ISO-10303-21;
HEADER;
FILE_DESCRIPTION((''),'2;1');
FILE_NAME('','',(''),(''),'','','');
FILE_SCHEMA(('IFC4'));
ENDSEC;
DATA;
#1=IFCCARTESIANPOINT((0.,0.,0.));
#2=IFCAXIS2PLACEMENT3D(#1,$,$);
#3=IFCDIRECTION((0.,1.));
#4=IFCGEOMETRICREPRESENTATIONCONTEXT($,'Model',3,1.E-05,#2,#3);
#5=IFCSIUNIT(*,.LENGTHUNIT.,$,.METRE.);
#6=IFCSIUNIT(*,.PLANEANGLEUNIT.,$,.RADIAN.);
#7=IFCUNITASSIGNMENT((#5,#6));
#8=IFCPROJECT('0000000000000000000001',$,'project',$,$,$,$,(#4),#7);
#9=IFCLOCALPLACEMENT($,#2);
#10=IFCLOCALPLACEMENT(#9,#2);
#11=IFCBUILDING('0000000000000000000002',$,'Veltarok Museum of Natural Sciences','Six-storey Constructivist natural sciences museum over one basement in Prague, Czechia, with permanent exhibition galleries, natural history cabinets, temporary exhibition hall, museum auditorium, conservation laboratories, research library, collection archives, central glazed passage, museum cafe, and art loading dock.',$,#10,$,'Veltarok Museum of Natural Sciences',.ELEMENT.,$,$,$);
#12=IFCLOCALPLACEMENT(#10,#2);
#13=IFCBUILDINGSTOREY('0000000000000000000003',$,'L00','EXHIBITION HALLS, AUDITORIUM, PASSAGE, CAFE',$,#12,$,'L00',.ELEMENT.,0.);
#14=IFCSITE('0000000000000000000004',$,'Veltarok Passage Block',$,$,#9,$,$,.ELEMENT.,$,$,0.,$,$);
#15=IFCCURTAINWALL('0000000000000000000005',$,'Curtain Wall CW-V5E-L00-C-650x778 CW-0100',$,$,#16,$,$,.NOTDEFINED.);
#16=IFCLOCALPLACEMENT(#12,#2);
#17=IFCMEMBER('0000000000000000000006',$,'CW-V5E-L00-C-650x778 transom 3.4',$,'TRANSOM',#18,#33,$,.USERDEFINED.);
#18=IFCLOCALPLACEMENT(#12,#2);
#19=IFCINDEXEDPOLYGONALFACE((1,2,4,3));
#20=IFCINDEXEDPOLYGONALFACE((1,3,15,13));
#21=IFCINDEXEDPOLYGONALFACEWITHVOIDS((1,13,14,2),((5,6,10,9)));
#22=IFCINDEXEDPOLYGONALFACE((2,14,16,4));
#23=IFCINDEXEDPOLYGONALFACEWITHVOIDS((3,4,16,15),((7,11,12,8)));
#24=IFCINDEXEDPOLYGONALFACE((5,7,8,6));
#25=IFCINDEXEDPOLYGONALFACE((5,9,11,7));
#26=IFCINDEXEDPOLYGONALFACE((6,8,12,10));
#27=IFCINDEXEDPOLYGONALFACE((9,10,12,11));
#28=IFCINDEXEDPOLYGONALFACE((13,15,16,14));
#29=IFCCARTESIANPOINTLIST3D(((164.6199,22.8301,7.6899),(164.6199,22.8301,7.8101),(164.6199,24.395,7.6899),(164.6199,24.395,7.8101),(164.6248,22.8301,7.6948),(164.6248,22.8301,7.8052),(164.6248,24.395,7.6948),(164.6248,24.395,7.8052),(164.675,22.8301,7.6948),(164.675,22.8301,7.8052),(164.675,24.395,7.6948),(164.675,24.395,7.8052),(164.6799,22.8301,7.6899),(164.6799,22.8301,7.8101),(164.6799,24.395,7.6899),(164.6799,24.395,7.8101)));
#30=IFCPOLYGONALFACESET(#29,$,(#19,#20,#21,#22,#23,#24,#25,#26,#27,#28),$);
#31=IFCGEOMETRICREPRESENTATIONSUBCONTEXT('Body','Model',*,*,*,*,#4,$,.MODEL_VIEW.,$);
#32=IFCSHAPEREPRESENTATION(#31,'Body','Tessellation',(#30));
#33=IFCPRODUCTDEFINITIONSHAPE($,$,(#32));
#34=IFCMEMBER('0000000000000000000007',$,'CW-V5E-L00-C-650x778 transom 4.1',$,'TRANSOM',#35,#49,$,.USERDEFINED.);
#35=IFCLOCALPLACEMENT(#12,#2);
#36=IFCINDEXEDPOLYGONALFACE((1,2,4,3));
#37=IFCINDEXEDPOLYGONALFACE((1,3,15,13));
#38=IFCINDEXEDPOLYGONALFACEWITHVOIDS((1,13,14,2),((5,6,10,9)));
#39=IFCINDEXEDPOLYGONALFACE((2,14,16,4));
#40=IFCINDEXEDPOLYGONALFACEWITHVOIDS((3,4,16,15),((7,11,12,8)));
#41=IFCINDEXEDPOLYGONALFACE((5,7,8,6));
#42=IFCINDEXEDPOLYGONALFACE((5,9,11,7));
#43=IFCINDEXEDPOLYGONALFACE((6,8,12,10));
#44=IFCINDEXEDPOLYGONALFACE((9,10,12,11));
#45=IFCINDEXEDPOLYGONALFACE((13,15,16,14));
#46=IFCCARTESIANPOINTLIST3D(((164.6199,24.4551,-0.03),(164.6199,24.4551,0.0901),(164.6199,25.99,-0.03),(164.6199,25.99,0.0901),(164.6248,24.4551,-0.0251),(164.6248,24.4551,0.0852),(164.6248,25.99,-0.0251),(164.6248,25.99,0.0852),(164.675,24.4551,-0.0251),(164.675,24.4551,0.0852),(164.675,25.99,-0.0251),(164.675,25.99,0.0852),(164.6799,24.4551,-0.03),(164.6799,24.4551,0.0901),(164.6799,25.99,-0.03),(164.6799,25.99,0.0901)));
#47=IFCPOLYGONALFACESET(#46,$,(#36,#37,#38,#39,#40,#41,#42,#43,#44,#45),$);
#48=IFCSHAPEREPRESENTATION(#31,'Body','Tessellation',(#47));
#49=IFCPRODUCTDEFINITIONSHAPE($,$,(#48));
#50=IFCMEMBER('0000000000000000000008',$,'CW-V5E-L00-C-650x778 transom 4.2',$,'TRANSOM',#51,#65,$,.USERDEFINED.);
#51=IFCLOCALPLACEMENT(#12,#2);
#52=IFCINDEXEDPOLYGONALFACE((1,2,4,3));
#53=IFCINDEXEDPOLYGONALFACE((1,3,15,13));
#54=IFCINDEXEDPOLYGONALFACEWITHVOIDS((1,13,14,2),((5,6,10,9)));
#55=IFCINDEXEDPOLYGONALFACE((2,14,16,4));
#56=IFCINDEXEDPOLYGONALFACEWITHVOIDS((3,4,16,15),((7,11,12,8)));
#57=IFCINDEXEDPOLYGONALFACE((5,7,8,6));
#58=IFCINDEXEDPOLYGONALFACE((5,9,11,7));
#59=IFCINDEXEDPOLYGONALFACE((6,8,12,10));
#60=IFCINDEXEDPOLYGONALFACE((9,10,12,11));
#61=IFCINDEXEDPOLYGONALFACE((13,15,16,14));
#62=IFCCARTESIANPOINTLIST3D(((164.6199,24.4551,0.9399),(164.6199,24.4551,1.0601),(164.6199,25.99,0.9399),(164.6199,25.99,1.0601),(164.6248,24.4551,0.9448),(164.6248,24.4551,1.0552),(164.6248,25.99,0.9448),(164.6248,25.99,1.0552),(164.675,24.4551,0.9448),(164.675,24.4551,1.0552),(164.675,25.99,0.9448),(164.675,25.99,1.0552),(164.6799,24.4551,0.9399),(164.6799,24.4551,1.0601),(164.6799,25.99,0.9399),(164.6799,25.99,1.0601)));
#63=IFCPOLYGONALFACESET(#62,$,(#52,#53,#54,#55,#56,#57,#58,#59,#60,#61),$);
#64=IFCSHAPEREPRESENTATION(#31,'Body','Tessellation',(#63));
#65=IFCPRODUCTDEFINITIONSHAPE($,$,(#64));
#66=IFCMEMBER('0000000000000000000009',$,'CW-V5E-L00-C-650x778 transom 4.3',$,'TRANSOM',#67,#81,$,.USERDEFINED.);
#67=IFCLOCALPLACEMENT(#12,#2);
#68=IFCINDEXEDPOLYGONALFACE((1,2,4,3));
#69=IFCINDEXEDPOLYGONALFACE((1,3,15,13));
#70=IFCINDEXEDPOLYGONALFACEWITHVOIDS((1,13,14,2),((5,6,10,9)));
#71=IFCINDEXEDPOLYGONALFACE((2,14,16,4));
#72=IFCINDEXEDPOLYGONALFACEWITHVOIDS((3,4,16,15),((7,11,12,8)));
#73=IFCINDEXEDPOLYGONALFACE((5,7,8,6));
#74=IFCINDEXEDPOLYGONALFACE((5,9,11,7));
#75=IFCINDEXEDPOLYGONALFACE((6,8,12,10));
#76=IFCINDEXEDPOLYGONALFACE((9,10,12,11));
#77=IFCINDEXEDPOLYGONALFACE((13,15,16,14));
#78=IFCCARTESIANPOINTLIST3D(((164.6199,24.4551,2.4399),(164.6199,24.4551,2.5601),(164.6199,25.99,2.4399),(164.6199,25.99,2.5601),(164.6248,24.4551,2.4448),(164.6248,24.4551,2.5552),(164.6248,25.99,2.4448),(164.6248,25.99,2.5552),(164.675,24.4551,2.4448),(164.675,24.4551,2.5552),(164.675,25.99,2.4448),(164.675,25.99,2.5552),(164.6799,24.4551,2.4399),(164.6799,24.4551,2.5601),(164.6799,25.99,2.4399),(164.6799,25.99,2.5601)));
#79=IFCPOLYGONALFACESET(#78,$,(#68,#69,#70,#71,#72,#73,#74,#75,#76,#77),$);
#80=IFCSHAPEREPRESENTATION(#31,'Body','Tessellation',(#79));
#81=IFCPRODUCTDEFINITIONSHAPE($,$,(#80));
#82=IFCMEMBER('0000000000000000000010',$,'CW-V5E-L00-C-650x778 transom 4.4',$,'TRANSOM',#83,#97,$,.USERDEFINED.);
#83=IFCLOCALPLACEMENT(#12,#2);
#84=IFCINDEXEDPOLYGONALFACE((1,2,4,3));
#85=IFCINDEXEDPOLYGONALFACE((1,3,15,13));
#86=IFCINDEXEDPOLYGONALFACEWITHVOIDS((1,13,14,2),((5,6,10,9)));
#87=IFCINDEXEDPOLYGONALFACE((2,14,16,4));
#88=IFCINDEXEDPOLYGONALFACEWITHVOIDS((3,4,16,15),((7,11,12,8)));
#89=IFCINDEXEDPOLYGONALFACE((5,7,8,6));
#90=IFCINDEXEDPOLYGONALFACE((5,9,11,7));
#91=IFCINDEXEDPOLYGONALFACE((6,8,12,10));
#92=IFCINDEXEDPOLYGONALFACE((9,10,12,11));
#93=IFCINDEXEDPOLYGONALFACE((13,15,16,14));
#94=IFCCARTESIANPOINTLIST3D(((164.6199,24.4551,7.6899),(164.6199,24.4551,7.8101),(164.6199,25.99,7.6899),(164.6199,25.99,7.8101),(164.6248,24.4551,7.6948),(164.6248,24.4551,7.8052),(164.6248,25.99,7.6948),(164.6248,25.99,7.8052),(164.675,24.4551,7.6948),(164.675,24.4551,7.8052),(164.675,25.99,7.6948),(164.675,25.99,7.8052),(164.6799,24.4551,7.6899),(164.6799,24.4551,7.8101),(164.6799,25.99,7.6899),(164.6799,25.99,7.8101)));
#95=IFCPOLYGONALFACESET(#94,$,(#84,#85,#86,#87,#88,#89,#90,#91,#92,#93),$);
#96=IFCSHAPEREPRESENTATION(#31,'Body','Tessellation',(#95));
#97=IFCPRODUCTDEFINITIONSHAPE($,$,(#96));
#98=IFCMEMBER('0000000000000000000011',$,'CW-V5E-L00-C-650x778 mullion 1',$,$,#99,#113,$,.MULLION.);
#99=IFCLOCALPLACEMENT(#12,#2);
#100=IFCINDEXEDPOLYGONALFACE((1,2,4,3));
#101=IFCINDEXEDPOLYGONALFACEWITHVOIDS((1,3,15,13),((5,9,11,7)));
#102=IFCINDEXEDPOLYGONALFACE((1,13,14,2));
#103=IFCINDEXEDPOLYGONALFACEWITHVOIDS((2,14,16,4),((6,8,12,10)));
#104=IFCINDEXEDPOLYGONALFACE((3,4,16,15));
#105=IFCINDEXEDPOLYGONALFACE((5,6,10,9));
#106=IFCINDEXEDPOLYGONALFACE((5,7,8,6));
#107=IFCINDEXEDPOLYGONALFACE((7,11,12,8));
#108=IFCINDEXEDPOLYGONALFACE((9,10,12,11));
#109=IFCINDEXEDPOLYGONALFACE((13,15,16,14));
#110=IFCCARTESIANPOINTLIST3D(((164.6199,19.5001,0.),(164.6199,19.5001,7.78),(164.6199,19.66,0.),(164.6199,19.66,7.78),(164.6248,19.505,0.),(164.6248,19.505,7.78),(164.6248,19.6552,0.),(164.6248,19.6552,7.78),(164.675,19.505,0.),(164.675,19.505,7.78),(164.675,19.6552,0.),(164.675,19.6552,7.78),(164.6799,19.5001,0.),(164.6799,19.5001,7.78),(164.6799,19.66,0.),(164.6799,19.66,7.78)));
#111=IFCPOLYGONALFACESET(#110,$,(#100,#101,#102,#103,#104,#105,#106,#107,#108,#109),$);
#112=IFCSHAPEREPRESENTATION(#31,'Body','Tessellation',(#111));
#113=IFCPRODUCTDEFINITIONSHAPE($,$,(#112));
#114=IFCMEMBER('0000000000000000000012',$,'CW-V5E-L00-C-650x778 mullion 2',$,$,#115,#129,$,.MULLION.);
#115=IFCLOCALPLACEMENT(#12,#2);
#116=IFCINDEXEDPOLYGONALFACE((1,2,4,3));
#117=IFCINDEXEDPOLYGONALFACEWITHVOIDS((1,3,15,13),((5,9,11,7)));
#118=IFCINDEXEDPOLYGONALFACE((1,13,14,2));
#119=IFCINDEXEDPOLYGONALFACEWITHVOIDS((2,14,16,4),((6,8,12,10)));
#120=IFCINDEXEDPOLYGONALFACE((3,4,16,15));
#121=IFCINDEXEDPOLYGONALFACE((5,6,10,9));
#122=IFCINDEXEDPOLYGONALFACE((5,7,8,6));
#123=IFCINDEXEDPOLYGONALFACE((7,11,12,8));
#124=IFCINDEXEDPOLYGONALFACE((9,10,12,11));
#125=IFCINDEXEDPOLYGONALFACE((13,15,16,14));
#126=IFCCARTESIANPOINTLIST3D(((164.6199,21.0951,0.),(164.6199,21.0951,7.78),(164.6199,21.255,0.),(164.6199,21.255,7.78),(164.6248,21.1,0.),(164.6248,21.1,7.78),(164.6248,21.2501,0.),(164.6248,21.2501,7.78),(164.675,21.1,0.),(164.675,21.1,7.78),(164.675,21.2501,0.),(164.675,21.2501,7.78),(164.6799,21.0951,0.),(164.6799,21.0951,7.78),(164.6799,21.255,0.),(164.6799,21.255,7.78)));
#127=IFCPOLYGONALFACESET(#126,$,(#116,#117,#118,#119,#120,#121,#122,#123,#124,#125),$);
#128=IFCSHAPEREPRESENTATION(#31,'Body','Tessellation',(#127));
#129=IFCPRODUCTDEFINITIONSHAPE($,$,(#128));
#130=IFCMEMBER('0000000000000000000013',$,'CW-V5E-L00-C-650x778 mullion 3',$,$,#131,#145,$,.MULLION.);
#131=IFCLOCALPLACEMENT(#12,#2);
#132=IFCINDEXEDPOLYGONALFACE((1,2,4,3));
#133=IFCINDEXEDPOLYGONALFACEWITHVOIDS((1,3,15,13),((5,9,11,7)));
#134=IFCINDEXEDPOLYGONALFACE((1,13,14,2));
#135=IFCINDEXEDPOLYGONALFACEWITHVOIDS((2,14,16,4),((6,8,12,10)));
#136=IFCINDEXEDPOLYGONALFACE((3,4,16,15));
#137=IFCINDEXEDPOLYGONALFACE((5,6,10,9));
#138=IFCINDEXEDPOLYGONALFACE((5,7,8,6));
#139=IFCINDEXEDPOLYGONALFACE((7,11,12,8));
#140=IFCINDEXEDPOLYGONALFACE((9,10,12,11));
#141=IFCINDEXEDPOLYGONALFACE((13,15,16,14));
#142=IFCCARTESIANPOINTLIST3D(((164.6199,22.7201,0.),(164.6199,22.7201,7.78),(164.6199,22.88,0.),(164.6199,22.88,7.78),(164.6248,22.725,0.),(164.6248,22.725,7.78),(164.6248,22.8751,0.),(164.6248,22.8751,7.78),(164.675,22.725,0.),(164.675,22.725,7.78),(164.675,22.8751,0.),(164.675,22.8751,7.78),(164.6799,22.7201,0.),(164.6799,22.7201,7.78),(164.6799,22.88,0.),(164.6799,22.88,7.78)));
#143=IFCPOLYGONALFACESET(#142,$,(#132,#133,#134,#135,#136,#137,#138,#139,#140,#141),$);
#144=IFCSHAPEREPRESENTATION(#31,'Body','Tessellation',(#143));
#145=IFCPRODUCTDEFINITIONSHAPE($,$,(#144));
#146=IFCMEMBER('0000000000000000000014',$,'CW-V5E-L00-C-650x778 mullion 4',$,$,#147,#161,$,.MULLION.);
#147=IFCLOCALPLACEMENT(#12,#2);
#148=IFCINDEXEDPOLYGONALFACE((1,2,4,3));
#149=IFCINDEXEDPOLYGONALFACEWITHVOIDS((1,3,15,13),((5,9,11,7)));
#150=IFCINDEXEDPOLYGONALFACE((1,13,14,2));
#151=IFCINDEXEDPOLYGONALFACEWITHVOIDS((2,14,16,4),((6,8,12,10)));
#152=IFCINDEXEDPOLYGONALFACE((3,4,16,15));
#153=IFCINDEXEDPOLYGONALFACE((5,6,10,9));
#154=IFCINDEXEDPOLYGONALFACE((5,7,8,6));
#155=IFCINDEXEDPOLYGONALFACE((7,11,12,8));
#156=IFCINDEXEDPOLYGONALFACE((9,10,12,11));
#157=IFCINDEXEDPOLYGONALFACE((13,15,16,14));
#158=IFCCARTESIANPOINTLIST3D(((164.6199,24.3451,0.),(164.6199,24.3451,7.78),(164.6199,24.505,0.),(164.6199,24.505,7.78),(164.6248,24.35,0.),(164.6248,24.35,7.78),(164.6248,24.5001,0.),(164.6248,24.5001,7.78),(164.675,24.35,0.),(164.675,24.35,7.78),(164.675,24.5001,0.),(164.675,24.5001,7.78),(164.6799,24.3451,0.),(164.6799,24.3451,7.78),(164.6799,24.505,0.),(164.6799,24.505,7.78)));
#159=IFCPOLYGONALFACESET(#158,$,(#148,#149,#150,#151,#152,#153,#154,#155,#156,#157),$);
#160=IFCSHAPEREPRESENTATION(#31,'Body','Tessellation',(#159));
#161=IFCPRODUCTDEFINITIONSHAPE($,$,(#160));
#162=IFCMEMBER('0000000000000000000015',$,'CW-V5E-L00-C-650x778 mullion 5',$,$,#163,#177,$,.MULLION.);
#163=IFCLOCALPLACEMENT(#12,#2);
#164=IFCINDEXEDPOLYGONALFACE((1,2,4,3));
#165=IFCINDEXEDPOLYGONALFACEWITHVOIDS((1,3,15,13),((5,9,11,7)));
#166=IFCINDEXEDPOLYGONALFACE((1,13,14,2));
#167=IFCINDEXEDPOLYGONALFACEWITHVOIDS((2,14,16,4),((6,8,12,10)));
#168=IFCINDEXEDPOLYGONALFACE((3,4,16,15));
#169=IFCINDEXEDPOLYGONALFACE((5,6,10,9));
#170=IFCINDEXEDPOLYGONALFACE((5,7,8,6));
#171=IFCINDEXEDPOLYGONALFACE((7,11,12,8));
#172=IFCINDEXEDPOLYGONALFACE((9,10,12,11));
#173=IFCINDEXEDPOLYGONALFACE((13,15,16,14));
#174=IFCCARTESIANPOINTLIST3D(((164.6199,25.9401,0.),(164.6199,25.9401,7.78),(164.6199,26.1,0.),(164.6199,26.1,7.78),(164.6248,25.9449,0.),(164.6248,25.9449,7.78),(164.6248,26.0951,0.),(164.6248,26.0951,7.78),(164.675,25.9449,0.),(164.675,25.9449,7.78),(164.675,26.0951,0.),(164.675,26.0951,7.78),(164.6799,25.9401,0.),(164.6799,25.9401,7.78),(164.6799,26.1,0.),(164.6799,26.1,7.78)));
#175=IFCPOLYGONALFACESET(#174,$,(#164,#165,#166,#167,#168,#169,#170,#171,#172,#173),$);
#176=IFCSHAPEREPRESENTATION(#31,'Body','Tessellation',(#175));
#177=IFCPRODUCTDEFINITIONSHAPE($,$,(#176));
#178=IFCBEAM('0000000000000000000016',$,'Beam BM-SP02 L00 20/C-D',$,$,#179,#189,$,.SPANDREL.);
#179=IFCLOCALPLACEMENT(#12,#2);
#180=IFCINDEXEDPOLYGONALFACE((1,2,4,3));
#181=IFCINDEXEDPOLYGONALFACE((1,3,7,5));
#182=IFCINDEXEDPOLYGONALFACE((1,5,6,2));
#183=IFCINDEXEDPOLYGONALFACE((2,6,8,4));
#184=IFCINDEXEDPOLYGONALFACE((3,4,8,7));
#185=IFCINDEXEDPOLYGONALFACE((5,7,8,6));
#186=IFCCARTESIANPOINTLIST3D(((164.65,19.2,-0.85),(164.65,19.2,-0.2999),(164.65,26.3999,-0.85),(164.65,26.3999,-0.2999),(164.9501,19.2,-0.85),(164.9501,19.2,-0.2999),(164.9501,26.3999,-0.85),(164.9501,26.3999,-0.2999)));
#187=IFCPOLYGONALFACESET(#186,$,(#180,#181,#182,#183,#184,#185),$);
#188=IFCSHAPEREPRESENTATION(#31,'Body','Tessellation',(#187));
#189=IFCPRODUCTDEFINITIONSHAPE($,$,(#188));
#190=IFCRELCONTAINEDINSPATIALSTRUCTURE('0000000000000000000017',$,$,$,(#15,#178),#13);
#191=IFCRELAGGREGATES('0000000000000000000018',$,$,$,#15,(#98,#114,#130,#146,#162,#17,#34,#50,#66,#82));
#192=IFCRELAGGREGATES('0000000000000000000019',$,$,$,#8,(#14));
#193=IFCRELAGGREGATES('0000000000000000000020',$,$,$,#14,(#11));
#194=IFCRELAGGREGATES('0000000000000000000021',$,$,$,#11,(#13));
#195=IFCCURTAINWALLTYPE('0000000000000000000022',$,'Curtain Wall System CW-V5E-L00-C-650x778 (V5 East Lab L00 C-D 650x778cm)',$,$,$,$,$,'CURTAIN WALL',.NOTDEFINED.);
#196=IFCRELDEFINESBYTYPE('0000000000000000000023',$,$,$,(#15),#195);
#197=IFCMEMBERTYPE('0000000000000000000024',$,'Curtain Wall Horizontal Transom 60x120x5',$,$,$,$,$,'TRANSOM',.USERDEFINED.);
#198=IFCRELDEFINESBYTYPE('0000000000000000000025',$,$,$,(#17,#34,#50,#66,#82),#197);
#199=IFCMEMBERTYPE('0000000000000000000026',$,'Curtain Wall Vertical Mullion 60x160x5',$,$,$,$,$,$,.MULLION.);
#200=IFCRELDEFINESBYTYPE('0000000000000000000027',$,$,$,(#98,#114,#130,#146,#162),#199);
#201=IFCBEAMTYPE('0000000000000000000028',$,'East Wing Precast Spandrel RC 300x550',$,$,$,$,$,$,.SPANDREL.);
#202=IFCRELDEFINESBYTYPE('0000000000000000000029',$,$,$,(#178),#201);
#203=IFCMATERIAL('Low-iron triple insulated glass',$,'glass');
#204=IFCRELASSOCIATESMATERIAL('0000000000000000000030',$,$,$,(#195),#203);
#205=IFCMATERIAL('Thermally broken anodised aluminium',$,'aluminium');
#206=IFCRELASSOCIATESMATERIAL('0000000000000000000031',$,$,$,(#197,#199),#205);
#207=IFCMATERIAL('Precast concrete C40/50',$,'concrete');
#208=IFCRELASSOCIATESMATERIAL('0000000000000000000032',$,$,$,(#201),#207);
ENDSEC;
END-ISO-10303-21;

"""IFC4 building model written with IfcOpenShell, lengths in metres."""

from ifc_helpers import new_model, si_unit, direction, frame, origin, origin_2d, place, context, subcontext, project, spatial, rectangle, hollow_rectangle, extrude, material, material_profile, profile_set, type_object, element, aggregate, save


model = new_model("IFC4")

# Units and contexts
model_context = context("Model", 3, precision=1e-05, world=origin(), true_north=direction((0.0, 1.0)))
body_context = subcontext(model_context, "Body", "Model", "MODEL_VIEW")
ifc_project = project(units=[si_unit("LENGTHUNIT", "METRE"), si_unit("PLANEANGLEUNIT", "RADIAN")], contexts=[model_context])

# Site, building, storey
site_placement = place(None, origin())
site = spatial("IfcSite", under=ifc_project, at=site_placement, Name="Veltarok Passage Block", CompositionType="ELEMENT", RefElevation=0.0)
building_placement = place(site_placement, origin())
building = spatial("IfcBuilding", under=site, at=building_placement, Name="Veltarok Museum of Natural Sciences", Description="Six-storey Constructivist natural sciences museum over one basement in Prague, Czechia, with permanent exhibition galleries, natural history cabinets, temporary exhibition hall, museum auditorium, conservation laboratories, research library, collection archives, central glazed passage, museum cafe, and art loading dock.", LongName="Veltarok Museum of Natural Sciences", CompositionType="ELEMENT")
storey_placement = place(building_placement, origin())
storey = spatial("IfcBuildingStorey", under=building, at=storey_placement, Name="L00", Description="EXHIBITION HALLS, AUDITORIUM, PASSAGE, CAFE", LongName="L00", CompositionType="ELEMENT", Elevation=0.0)

# Curtain wall, members
ifc_material_1 = material(Name="Low-iron triple insulated glass", Category="glass")
curtain_wall_type = type_object("IfcCurtainWallType", Name="Curtain Wall System CW-V5E-L00-C-650x778 (V5 East Lab L00 C-D 650x778cm)", ElementType="CURTAIN WALL", PredefinedType="NOTDEFINED", material=ifc_material_1)
curtain_wall_placement = place(storey_placement, origin())
curtain_wall = element("IfcCurtainWall", 1, at=curtain_wall_placement, inside=storey, type_object=curtain_wall_type, Name="Curtain Wall CW-V5E-L00-C-650x778 CW-0100", PredefinedType="NOTDEFINED")
ifc_material_2 = material(Name="Thermally broken anodised aluminium", Category="aluminium")
ifc_material_profile_1 = material_profile(ifc_material_2, hollow_rectangle(XDim=0.0601, YDim=0.1201, WallThickness=0.0049, at=origin_2d()), Name="CW TRANSOM 60x120x5")
ifc_profile_set_1 = profile_set([ifc_material_profile_1], Name="Thermally broken anodised aluminium")
member_type_1 = type_object("IfcMemberType", Name="Curtain Wall Horizontal Transom 60x120x5", ElementType="TRANSOM", PredefinedType="USERDEFINED", material=ifc_profile_set_1)
member_1_placement = place(storey_placement, frame((164.6499, 22.8301, 7.75), z_axis=(0.0, 1.0, 0.0), x_axis=(-1.0, 0.0, 0.0)))
member_1 = element("IfcMember", 2, at=member_1_placement, type_object=member_type_1, Name="CW-V5E-L00-C-650x778 transom 3.4", ObjectType="TRANSOM", PredefinedType="USERDEFINED", context=body_context, shape_type="SweptSolid", body=[
    extrude(hollow_rectangle(XDim=0.0601, YDim=0.1201, WallThickness=0.0049, at=origin_2d()), origin(), (0.0, 0.0, 1.0), 1.5649),
])
member_2_placement = place(storey_placement, frame((164.6499, 24.4551, 0.03), z_axis=(0.0, 1.0, 0.0), x_axis=(-1.0, 0.0, 0.0)))
member_2 = element("IfcMember", 3, at=member_2_placement, type_object=member_type_1, Name="CW-V5E-L00-C-650x778 transom 4.1", ObjectType="TRANSOM", PredefinedType="USERDEFINED", context=body_context, shape_type="SweptSolid", body=[
    extrude(hollow_rectangle(XDim=0.0601, YDim=0.1201, WallThickness=0.0049, at=origin_2d()), origin(), (0.0, 0.0, 1.0), 1.5349),
])
member_3_placement = place(storey_placement, frame((164.6499, 24.4551, 1.0), z_axis=(0.0, 1.0, 0.0), x_axis=(-1.0, 0.0, 0.0)))
member_3 = element("IfcMember", 4, at=member_3_placement, type_object=member_type_1, Name="CW-V5E-L00-C-650x778 transom 4.2", ObjectType="TRANSOM", PredefinedType="USERDEFINED", context=body_context, shape_type="SweptSolid", body=[
    extrude(hollow_rectangle(XDim=0.0601, YDim=0.1201, WallThickness=0.0049, at=origin_2d()), origin(), (0.0, 0.0, 1.0), 1.5349),
])
member_4_placement = place(storey_placement, frame((164.6499, 24.4551, 2.5), z_axis=(0.0, 1.0, 0.0), x_axis=(-1.0, 0.0, 0.0)))
member_4 = element("IfcMember", 5, at=member_4_placement, type_object=member_type_1, Name="CW-V5E-L00-C-650x778 transom 4.3", ObjectType="TRANSOM", PredefinedType="USERDEFINED", context=body_context, shape_type="SweptSolid", body=[
    extrude(hollow_rectangle(XDim=0.0601, YDim=0.1201, WallThickness=0.0049, at=origin_2d()), origin(), (0.0, 0.0, 1.0), 1.5349),
])
member_5_placement = place(storey_placement, frame((164.6499, 24.4551, 7.75), z_axis=(0.0, 1.0, 0.0), x_axis=(-1.0, 0.0, 0.0)))
member_5 = element("IfcMember", 6, at=member_5_placement, type_object=member_type_1, Name="CW-V5E-L00-C-650x778 transom 4.4", ObjectType="TRANSOM", PredefinedType="USERDEFINED", context=body_context, shape_type="SweptSolid", body=[
    extrude(hollow_rectangle(XDim=0.0601, YDim=0.1201, WallThickness=0.0049, at=origin_2d()), origin(), (0.0, 0.0, 1.0), 1.5349),
])
ifc_material_profile_2 = material_profile(ifc_material_2, hollow_rectangle(XDim=0.0601, YDim=0.1599, WallThickness=0.0049, at=origin_2d()), Name="CW MULLION 60x160x5")
ifc_profile_set_2 = profile_set([ifc_material_profile_2], Name="Thermally broken anodised aluminium")
member_type_2 = type_object("IfcMemberType", Name="Curtain Wall Vertical Mullion 60x160x5", PredefinedType="MULLION", material=ifc_profile_set_2)
member_6_placement = place(storey_placement, frame((164.6499, 19.5801, 0.0), z_axis=(0.0, 0.0, 1.0), x_axis=(-1.0, 0.0, 0.0)))
member_6 = element("IfcMember", 7, at=member_6_placement, type_object=member_type_2, Name="CW-V5E-L00-C-650x778 mullion 1", PredefinedType="MULLION", context=body_context, shape_type="SweptSolid", body=[
    extrude(hollow_rectangle(XDim=0.0601, YDim=0.1599, WallThickness=0.0049, at=origin_2d()), origin(), (0.0, 0.0, 1.0), 7.78),
])
member_7_placement = place(storey_placement, frame((164.6499, 21.175, 0.0), z_axis=(0.0, 0.0, 1.0), x_axis=(-1.0, 0.0, 0.0)))
member_7 = element("IfcMember", 8, at=member_7_placement, type_object=member_type_2, Name="CW-V5E-L00-C-650x778 mullion 2", PredefinedType="MULLION", context=body_context, shape_type="SweptSolid", body=[
    extrude(hollow_rectangle(XDim=0.0601, YDim=0.1599, WallThickness=0.0049, at=origin_2d()), origin(), (0.0, 0.0, 1.0), 7.78),
])
member_8_placement = place(storey_placement, frame((164.6499, 22.8, 0.0), z_axis=(0.0, 0.0, 1.0), x_axis=(-1.0, 0.0, 0.0)))
member_8 = element("IfcMember", 9, at=member_8_placement, type_object=member_type_2, Name="CW-V5E-L00-C-650x778 mullion 3", PredefinedType="MULLION", context=body_context, shape_type="SweptSolid", body=[
    extrude(hollow_rectangle(XDim=0.0601, YDim=0.1599, WallThickness=0.0049, at=origin_2d()), origin(), (0.0, 0.0, 1.0), 7.78),
])
member_9_placement = place(storey_placement, frame((164.6499, 24.425, 0.0), z_axis=(0.0, 0.0, 1.0), x_axis=(-1.0, 0.0, 0.0)))
member_9 = element("IfcMember", 10, at=member_9_placement, type_object=member_type_2, Name="CW-V5E-L00-C-650x778 mullion 4", PredefinedType="MULLION", context=body_context, shape_type="SweptSolid", body=[
    extrude(hollow_rectangle(XDim=0.0601, YDim=0.1599, WallThickness=0.0049, at=origin_2d()), origin(), (0.0, 0.0, 1.0), 7.78),
])
member_10_placement = place(storey_placement, frame((164.6499, 26.02, 0.0), z_axis=(0.0, 0.0, 1.0), x_axis=(-1.0, 0.0, 0.0)))
member_10 = element("IfcMember", 11, at=member_10_placement, type_object=member_type_2, Name="CW-V5E-L00-C-650x778 mullion 5", PredefinedType="MULLION", context=body_context, shape_type="SweptSolid", body=[
    extrude(hollow_rectangle(XDim=0.0601, YDim=0.1599, WallThickness=0.0049, at=origin_2d()), origin(), (0.0, 0.0, 1.0), 7.78),
])

# Beam
ifc_material_3 = material(Name="Precast concrete C40/50", Category="concrete")
ifc_material_profile_3 = material_profile(ifc_material_3, rectangle(XDim=0.3, YDim=0.55, at=origin_2d()), Name="RC 300x550")
ifc_profile_set_3 = profile_set([ifc_material_profile_3], Name="Precast concrete C40/50")
beam_type = type_object("IfcBeamType", Name="East Wing Precast Spandrel RC 300x550", PredefinedType="SPANDREL", material=ifc_profile_set_3)
beam_placement = place(storey_placement, frame((164.8, 19.2, -0.575), z_axis=(0.0, 1.0, 0.0), x_axis=(-1.0, 0.0, 0.0)))
element("IfcBeam", 12, at=beam_placement, inside=storey, type_object=beam_type, Name="Beam BM-SP02 L00 20/C-D", PredefinedType="SPANDREL", context=body_context, shape_type="SweptSolid", body=[
    extrude(rectangle(XDim=0.3, YDim=0.55, at=origin_2d()), origin(), (0.0, 0.0, 1.0), 7.2),
])

aggregate(curtain_wall, [member_6, member_7, member_8, member_9, member_10, member_1, member_2, member_3, member_4, member_5])

save(model, "model.ifc")
